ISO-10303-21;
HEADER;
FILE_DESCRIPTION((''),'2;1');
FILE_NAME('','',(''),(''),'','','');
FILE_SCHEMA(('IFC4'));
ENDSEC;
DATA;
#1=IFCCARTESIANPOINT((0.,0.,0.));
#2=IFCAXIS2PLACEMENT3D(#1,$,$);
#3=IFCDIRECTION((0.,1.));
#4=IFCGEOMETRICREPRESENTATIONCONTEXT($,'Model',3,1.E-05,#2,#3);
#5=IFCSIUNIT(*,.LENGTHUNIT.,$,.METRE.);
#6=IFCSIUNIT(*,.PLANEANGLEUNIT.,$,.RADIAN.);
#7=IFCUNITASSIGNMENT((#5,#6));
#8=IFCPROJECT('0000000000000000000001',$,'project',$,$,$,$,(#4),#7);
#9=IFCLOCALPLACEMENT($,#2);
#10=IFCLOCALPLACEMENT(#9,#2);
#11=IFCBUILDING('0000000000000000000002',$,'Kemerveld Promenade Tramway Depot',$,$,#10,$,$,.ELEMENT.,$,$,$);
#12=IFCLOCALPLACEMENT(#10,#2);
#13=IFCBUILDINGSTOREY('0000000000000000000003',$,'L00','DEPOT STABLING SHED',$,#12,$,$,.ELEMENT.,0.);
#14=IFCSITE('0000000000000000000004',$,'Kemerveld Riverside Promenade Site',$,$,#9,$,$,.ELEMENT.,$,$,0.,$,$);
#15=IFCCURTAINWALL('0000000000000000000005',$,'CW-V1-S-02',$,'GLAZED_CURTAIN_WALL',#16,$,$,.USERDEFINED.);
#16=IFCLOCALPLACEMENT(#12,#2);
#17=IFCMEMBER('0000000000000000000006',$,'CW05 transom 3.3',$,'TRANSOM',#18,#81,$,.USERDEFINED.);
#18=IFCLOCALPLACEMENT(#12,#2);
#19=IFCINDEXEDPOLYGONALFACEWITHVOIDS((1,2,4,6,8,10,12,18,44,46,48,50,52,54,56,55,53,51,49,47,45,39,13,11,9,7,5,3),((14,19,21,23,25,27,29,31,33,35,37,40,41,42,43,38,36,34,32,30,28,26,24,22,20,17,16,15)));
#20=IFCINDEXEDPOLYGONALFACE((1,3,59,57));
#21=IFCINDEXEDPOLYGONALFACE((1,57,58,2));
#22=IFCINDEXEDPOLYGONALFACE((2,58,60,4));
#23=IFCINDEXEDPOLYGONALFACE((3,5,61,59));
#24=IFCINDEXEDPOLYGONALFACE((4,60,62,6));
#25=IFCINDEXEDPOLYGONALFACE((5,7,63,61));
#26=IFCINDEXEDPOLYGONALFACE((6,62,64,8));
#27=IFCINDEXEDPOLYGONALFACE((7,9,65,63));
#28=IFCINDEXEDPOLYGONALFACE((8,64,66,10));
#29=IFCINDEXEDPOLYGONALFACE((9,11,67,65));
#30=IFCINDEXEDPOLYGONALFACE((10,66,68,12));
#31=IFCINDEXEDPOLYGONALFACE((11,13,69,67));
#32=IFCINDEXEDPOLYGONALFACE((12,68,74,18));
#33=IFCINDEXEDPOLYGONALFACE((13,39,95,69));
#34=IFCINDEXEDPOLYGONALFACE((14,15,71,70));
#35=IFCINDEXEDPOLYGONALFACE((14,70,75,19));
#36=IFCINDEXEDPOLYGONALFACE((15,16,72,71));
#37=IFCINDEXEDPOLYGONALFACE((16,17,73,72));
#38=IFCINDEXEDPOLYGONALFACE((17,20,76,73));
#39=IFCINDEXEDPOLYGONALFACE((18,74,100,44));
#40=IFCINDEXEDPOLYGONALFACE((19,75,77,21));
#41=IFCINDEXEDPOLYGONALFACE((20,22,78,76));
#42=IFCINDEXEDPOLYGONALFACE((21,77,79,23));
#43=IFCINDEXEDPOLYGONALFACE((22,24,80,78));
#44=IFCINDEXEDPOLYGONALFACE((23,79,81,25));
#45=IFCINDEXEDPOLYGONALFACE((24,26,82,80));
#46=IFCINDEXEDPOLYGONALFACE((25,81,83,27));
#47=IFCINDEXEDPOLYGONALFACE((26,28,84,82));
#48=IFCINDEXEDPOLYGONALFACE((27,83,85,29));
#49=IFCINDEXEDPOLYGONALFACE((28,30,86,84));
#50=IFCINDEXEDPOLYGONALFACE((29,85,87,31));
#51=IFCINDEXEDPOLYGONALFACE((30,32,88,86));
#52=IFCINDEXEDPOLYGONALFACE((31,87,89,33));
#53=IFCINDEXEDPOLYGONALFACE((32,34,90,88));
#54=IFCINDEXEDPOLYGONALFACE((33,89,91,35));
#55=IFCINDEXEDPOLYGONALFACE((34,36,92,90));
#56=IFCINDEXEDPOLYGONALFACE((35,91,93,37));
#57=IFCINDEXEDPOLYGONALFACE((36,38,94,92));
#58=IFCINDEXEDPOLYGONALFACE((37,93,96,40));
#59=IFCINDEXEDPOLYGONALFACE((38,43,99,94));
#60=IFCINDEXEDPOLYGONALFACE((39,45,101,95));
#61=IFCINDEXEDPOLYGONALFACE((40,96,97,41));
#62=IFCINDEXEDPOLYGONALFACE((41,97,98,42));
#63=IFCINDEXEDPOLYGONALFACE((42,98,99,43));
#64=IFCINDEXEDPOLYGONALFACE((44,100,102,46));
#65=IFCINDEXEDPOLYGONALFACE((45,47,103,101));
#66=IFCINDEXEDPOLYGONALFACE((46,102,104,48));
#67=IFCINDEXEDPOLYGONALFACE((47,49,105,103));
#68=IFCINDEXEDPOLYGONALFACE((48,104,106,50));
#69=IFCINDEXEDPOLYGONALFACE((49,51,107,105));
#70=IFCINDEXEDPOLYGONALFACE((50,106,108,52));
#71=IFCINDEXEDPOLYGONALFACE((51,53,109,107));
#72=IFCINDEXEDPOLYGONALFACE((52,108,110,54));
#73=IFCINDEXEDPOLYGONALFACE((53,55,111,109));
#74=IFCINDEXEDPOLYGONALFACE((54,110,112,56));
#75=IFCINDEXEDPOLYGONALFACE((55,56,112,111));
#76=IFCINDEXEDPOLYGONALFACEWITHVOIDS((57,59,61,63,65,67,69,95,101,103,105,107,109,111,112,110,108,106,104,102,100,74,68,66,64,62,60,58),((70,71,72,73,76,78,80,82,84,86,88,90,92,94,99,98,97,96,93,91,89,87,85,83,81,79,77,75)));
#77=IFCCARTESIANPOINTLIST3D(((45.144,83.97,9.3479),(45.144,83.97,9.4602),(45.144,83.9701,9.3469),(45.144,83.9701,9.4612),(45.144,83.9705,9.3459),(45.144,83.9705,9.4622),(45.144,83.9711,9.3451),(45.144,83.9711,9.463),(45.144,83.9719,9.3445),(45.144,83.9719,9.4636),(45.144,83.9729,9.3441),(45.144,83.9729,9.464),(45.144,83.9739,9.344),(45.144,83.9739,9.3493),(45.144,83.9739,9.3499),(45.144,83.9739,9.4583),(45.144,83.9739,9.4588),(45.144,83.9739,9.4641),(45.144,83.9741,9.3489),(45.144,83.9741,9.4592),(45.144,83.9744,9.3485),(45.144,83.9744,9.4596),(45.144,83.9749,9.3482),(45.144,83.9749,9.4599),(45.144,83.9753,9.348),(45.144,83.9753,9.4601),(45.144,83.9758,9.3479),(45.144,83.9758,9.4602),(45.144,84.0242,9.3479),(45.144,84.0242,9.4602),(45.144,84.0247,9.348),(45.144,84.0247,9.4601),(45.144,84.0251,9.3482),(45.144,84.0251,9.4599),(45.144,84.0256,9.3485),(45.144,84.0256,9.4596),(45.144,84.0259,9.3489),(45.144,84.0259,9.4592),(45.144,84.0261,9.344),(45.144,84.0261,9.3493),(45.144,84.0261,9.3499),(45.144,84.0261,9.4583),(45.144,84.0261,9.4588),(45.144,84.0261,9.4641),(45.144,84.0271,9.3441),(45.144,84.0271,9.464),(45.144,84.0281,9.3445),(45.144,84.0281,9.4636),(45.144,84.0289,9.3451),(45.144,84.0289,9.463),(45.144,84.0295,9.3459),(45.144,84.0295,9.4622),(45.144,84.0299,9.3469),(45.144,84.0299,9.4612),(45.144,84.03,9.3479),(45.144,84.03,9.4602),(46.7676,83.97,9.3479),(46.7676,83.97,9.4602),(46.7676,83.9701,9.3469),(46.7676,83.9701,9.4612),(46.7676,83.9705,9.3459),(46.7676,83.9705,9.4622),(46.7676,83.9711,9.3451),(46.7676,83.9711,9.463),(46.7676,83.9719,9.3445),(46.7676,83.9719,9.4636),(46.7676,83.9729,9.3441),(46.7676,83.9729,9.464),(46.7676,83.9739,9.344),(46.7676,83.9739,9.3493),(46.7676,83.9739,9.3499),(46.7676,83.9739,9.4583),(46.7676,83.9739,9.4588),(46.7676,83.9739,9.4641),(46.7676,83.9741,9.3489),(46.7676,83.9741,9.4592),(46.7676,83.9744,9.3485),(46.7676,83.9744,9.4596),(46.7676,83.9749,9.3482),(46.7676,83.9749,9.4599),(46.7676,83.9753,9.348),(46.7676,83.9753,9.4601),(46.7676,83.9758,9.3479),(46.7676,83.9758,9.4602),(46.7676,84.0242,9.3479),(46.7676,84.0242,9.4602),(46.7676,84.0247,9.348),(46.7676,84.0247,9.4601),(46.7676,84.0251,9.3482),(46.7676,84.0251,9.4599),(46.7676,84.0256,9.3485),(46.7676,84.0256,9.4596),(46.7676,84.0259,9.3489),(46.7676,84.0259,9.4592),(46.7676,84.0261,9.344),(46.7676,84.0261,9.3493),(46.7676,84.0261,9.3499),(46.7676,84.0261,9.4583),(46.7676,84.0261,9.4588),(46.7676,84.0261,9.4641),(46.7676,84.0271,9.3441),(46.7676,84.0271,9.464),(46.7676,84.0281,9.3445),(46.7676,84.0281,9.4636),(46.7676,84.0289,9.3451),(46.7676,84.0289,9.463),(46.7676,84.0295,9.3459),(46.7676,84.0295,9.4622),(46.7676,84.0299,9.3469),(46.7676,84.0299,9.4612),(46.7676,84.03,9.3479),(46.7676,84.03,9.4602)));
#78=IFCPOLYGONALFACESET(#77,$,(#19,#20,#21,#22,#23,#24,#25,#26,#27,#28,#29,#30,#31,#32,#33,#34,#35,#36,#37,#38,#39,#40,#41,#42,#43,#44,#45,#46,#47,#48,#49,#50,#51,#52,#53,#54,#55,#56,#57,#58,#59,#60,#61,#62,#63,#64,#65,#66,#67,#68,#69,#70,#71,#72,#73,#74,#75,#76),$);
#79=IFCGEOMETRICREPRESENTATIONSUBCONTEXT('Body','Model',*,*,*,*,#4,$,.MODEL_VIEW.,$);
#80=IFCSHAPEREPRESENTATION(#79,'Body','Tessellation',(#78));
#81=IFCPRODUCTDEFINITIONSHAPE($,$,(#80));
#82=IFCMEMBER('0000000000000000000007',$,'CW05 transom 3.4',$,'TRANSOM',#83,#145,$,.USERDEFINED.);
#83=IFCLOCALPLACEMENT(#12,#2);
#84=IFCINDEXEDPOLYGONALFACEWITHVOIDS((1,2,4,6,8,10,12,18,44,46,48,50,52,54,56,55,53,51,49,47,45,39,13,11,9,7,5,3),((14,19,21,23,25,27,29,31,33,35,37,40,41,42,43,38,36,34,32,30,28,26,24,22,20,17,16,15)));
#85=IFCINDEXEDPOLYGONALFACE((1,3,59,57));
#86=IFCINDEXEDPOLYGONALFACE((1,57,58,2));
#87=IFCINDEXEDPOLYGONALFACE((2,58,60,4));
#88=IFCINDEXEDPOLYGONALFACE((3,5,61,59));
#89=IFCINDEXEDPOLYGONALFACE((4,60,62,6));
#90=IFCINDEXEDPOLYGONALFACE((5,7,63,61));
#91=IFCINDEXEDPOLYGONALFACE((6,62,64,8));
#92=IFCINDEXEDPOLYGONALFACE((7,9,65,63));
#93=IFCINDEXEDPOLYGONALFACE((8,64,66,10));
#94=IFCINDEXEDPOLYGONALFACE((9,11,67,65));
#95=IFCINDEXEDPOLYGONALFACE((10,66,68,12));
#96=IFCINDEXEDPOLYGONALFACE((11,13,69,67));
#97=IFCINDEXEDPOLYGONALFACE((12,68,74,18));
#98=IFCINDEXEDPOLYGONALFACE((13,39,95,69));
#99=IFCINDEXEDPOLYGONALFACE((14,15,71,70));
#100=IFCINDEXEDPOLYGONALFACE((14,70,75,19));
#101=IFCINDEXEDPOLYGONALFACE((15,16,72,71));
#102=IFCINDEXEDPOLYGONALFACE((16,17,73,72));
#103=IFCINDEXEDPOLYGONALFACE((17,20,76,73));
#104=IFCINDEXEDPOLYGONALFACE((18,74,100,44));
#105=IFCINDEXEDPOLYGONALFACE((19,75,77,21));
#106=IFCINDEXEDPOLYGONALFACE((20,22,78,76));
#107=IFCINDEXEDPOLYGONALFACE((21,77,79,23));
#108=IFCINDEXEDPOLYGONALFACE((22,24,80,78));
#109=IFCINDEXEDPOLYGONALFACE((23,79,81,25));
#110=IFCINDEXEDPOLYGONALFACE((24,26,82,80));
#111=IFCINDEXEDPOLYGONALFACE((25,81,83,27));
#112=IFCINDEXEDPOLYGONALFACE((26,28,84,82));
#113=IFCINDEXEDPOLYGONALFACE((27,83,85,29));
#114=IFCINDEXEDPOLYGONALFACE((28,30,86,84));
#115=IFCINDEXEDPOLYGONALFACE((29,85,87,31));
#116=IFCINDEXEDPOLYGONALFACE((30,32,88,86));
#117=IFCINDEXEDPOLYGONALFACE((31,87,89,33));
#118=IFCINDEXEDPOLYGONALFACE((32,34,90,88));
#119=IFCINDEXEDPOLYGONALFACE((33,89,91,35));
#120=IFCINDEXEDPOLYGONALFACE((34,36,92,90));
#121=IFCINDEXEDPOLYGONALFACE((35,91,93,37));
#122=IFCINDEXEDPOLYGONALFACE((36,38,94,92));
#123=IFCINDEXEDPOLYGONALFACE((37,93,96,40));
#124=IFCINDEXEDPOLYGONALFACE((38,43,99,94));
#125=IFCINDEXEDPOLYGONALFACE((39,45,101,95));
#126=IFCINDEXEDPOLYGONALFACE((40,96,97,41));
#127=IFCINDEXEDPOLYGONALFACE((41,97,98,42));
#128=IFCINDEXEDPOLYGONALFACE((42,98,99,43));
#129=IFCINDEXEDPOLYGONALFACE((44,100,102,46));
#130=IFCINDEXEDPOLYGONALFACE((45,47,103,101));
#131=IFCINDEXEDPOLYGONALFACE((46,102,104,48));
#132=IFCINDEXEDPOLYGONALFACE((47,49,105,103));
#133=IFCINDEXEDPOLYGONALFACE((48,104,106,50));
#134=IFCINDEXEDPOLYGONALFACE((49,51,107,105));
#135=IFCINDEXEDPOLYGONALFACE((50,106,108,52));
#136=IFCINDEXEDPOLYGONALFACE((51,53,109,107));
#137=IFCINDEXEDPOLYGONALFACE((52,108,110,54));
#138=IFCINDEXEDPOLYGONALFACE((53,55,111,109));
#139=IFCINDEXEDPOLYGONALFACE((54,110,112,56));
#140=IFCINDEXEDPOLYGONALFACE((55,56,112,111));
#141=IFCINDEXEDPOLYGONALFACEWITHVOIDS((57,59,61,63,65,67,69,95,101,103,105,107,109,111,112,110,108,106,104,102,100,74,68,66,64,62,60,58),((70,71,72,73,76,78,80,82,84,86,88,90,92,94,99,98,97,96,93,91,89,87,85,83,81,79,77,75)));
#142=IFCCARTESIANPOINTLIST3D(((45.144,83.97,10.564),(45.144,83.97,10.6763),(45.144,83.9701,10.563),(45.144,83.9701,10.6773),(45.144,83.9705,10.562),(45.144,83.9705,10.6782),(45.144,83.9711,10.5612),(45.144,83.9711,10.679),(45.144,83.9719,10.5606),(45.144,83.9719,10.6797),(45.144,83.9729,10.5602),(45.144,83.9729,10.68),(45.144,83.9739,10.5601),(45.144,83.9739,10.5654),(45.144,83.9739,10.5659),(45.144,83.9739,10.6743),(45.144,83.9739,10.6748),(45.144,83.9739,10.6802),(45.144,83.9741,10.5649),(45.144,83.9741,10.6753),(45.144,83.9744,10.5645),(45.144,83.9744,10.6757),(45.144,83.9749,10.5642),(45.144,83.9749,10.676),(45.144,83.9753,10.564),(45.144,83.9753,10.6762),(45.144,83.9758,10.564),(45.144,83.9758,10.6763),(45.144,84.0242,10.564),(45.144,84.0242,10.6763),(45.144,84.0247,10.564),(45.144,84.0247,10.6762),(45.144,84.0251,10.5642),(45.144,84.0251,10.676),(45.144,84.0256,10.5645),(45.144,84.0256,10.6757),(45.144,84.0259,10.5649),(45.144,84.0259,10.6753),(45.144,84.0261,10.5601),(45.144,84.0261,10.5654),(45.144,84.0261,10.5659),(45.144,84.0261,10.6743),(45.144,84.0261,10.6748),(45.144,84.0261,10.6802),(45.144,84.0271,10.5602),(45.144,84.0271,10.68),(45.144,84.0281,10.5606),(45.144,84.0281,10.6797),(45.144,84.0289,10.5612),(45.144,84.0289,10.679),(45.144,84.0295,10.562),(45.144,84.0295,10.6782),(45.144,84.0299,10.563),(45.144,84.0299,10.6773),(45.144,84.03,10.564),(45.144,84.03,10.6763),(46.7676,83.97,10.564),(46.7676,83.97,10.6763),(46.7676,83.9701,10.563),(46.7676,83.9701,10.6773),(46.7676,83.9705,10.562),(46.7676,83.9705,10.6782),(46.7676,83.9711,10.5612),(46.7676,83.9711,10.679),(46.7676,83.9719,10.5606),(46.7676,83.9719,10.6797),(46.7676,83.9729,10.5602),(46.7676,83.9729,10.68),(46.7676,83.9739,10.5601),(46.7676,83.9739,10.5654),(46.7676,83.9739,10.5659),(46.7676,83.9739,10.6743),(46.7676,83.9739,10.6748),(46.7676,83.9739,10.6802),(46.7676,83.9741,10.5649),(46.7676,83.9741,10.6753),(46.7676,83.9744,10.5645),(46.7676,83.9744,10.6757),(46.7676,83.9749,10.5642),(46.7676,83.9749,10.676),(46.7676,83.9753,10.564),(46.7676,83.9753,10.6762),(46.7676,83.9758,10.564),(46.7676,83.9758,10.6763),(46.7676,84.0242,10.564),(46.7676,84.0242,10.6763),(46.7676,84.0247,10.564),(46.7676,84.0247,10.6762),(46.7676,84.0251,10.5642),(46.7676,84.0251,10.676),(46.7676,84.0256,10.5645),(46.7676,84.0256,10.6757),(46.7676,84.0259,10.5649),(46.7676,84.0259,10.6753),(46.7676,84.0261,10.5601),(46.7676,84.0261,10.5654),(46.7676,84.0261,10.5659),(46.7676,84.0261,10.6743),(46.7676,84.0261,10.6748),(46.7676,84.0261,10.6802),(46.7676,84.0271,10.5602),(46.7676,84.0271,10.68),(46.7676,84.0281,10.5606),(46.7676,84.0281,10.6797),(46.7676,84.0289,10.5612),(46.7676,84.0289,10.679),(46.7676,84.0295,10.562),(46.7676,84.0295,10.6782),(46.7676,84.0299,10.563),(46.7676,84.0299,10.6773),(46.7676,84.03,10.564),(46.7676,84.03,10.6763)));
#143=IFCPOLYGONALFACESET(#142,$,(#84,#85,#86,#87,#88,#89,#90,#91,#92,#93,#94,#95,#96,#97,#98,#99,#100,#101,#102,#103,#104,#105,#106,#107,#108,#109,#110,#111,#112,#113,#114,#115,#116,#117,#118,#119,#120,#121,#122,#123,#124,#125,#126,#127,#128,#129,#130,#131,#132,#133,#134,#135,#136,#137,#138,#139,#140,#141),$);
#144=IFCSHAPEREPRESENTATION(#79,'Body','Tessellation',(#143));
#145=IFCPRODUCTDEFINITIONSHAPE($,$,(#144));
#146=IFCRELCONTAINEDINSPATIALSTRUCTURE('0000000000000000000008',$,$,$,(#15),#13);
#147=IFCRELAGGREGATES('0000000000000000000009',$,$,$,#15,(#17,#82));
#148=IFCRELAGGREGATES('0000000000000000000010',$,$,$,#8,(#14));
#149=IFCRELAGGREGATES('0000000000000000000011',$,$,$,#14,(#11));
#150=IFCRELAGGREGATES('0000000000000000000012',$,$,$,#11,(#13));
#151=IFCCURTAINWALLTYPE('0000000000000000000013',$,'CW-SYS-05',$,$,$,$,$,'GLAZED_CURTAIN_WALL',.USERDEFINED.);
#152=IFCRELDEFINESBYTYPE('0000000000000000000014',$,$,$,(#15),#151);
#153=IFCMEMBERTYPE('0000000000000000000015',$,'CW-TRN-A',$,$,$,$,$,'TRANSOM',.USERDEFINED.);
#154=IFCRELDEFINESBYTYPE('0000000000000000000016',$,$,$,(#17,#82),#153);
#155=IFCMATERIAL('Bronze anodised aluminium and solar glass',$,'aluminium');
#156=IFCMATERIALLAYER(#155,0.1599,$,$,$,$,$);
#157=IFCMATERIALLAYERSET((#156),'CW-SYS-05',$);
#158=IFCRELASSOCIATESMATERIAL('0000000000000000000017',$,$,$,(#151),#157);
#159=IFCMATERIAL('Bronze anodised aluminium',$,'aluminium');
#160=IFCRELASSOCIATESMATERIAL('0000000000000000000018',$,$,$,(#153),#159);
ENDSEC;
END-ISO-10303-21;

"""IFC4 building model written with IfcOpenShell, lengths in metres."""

from ifc_helpers import new_model, si_unit, direction, frame, origin, origin_2d, place, context, subcontext, project, spatial, hollow_rectangle, extrude, material, layer, layer_set, material_profile, profile_set, type_object, element, aggregate, save


model = new_model("IFC4")

# Units and contexts
model_context = context("Model", 3, precision=1e-05, world=origin(), true_north=direction((0.0, 1.0)))
body_context = subcontext(model_context, "Body", "Model", "MODEL_VIEW")
ifc_project = project(units=[si_unit("LENGTHUNIT", "METRE"), si_unit("PLANEANGLEUNIT", "RADIAN")], contexts=[model_context])

# Site, building, storey
site_placement = place(None, origin())
site = spatial("IfcSite", under=ifc_project, at=site_placement, Name="Kemerveld Riverside Promenade Site", CompositionType="ELEMENT", RefElevation=0.0)
building_placement = place(site_placement, origin())
building = spatial("IfcBuilding", under=site, at=building_placement, Name="Kemerveld Promenade Tramway Depot", CompositionType="ELEMENT")
storey_placement = place(building_placement, origin())
storey = spatial("IfcBuildingStorey", under=building, at=storey_placement, Name="L00", Description="DEPOT STABLING SHED", CompositionType="ELEMENT", Elevation=0.0)

# Curtain wall, members
ifc_material_1 = material(Name="Bronze anodised aluminium and solar glass", Category="aluminium")
ifc_layer_1 = layer(ifc_material_1, 0.1599)
ifc_layer_set_1 = layer_set([ifc_layer_1], Name="CW-SYS-05")
curtain_wall_type_1 = type_object("IfcCurtainWallType", Name="CW-SYS-05", ElementType="GLAZED_CURTAIN_WALL", PredefinedType="USERDEFINED", material=ifc_layer_set_1)
curtain_wall_1_placement = place(storey_placement, origin())
curtain_wall_1 = element("IfcCurtainWall", 1, at=curtain_wall_1_placement, inside=storey, type_object=curtain_wall_type_1, Name="CW-V1-S-02", ObjectType="GLAZED_CURTAIN_WALL", PredefinedType="USERDEFINED")
ifc_material_2 = material(Name="Bronze anodised aluminium", Category="aluminium")
ifc_material_profile_1 = material_profile(ifc_material_2, hollow_rectangle(XDim=0.0601, YDim=0.1201, WallThickness=0.0039, InnerFilletRadius=0.002, OuterFilletRadius=0.0039, at=origin_2d()), Name="CW-TRN-120x60")
ifc_profile_set_1 = profile_set([ifc_material_profile_1], Name="Bronze anodised aluminium")
member_type_1 = type_object("IfcMemberType", Name="CW-TRN-A", ElementType="TRANSOM", PredefinedType="USERDEFINED", material=ifc_profile_set_1)
member_1_placement = place(storey_placement, frame((46.7676, 84.0, 9.4041), z_axis=(-1.0, 0.0, 0.0), x_axis=(0.0, -1.0, 0.0)))
member_1 = element("IfcMember", 2, at=member_1_placement, type_object=member_type_1, Name="CW05 transom 3.3", ObjectType="TRANSOM", PredefinedType="USERDEFINED", context=body_context, shape_type="SweptSolid", body=[
    extrude(hollow_rectangle(XDim=0.0601, YDim=0.1201, WallThickness=0.0039, InnerFilletRadius=0.002, OuterFilletRadius=0.0039, at=origin_2d()), origin(), (0.0, 0.0, 1.0), 1.6235),
])
member_2_placement = place(storey_placement, frame((46.7676, 84.0, 10.6201), z_axis=(-1.0, 0.0, 0.0), x_axis=(0.0, -1.0, 0.0)))
member_2 = element("IfcMember", 3, at=member_2_placement, type_object=member_type_1, Name="CW05 transom 3.4", ObjectType="TRANSOM", PredefinedType="USERDEFINED", context=body_context, shape_type="SweptSolid", body=[
    extrude(hollow_rectangle(XDim=0.0601, YDim=0.1201, WallThickness=0.0039, InnerFilletRadius=0.002, OuterFilletRadius=0.0039, at=origin_2d()), origin(), (0.0, 0.0, 1.0), 1.6235),
])

aggregate(curtain_wall_1, [member_1, member_2])

save(model, "model.ifc")
